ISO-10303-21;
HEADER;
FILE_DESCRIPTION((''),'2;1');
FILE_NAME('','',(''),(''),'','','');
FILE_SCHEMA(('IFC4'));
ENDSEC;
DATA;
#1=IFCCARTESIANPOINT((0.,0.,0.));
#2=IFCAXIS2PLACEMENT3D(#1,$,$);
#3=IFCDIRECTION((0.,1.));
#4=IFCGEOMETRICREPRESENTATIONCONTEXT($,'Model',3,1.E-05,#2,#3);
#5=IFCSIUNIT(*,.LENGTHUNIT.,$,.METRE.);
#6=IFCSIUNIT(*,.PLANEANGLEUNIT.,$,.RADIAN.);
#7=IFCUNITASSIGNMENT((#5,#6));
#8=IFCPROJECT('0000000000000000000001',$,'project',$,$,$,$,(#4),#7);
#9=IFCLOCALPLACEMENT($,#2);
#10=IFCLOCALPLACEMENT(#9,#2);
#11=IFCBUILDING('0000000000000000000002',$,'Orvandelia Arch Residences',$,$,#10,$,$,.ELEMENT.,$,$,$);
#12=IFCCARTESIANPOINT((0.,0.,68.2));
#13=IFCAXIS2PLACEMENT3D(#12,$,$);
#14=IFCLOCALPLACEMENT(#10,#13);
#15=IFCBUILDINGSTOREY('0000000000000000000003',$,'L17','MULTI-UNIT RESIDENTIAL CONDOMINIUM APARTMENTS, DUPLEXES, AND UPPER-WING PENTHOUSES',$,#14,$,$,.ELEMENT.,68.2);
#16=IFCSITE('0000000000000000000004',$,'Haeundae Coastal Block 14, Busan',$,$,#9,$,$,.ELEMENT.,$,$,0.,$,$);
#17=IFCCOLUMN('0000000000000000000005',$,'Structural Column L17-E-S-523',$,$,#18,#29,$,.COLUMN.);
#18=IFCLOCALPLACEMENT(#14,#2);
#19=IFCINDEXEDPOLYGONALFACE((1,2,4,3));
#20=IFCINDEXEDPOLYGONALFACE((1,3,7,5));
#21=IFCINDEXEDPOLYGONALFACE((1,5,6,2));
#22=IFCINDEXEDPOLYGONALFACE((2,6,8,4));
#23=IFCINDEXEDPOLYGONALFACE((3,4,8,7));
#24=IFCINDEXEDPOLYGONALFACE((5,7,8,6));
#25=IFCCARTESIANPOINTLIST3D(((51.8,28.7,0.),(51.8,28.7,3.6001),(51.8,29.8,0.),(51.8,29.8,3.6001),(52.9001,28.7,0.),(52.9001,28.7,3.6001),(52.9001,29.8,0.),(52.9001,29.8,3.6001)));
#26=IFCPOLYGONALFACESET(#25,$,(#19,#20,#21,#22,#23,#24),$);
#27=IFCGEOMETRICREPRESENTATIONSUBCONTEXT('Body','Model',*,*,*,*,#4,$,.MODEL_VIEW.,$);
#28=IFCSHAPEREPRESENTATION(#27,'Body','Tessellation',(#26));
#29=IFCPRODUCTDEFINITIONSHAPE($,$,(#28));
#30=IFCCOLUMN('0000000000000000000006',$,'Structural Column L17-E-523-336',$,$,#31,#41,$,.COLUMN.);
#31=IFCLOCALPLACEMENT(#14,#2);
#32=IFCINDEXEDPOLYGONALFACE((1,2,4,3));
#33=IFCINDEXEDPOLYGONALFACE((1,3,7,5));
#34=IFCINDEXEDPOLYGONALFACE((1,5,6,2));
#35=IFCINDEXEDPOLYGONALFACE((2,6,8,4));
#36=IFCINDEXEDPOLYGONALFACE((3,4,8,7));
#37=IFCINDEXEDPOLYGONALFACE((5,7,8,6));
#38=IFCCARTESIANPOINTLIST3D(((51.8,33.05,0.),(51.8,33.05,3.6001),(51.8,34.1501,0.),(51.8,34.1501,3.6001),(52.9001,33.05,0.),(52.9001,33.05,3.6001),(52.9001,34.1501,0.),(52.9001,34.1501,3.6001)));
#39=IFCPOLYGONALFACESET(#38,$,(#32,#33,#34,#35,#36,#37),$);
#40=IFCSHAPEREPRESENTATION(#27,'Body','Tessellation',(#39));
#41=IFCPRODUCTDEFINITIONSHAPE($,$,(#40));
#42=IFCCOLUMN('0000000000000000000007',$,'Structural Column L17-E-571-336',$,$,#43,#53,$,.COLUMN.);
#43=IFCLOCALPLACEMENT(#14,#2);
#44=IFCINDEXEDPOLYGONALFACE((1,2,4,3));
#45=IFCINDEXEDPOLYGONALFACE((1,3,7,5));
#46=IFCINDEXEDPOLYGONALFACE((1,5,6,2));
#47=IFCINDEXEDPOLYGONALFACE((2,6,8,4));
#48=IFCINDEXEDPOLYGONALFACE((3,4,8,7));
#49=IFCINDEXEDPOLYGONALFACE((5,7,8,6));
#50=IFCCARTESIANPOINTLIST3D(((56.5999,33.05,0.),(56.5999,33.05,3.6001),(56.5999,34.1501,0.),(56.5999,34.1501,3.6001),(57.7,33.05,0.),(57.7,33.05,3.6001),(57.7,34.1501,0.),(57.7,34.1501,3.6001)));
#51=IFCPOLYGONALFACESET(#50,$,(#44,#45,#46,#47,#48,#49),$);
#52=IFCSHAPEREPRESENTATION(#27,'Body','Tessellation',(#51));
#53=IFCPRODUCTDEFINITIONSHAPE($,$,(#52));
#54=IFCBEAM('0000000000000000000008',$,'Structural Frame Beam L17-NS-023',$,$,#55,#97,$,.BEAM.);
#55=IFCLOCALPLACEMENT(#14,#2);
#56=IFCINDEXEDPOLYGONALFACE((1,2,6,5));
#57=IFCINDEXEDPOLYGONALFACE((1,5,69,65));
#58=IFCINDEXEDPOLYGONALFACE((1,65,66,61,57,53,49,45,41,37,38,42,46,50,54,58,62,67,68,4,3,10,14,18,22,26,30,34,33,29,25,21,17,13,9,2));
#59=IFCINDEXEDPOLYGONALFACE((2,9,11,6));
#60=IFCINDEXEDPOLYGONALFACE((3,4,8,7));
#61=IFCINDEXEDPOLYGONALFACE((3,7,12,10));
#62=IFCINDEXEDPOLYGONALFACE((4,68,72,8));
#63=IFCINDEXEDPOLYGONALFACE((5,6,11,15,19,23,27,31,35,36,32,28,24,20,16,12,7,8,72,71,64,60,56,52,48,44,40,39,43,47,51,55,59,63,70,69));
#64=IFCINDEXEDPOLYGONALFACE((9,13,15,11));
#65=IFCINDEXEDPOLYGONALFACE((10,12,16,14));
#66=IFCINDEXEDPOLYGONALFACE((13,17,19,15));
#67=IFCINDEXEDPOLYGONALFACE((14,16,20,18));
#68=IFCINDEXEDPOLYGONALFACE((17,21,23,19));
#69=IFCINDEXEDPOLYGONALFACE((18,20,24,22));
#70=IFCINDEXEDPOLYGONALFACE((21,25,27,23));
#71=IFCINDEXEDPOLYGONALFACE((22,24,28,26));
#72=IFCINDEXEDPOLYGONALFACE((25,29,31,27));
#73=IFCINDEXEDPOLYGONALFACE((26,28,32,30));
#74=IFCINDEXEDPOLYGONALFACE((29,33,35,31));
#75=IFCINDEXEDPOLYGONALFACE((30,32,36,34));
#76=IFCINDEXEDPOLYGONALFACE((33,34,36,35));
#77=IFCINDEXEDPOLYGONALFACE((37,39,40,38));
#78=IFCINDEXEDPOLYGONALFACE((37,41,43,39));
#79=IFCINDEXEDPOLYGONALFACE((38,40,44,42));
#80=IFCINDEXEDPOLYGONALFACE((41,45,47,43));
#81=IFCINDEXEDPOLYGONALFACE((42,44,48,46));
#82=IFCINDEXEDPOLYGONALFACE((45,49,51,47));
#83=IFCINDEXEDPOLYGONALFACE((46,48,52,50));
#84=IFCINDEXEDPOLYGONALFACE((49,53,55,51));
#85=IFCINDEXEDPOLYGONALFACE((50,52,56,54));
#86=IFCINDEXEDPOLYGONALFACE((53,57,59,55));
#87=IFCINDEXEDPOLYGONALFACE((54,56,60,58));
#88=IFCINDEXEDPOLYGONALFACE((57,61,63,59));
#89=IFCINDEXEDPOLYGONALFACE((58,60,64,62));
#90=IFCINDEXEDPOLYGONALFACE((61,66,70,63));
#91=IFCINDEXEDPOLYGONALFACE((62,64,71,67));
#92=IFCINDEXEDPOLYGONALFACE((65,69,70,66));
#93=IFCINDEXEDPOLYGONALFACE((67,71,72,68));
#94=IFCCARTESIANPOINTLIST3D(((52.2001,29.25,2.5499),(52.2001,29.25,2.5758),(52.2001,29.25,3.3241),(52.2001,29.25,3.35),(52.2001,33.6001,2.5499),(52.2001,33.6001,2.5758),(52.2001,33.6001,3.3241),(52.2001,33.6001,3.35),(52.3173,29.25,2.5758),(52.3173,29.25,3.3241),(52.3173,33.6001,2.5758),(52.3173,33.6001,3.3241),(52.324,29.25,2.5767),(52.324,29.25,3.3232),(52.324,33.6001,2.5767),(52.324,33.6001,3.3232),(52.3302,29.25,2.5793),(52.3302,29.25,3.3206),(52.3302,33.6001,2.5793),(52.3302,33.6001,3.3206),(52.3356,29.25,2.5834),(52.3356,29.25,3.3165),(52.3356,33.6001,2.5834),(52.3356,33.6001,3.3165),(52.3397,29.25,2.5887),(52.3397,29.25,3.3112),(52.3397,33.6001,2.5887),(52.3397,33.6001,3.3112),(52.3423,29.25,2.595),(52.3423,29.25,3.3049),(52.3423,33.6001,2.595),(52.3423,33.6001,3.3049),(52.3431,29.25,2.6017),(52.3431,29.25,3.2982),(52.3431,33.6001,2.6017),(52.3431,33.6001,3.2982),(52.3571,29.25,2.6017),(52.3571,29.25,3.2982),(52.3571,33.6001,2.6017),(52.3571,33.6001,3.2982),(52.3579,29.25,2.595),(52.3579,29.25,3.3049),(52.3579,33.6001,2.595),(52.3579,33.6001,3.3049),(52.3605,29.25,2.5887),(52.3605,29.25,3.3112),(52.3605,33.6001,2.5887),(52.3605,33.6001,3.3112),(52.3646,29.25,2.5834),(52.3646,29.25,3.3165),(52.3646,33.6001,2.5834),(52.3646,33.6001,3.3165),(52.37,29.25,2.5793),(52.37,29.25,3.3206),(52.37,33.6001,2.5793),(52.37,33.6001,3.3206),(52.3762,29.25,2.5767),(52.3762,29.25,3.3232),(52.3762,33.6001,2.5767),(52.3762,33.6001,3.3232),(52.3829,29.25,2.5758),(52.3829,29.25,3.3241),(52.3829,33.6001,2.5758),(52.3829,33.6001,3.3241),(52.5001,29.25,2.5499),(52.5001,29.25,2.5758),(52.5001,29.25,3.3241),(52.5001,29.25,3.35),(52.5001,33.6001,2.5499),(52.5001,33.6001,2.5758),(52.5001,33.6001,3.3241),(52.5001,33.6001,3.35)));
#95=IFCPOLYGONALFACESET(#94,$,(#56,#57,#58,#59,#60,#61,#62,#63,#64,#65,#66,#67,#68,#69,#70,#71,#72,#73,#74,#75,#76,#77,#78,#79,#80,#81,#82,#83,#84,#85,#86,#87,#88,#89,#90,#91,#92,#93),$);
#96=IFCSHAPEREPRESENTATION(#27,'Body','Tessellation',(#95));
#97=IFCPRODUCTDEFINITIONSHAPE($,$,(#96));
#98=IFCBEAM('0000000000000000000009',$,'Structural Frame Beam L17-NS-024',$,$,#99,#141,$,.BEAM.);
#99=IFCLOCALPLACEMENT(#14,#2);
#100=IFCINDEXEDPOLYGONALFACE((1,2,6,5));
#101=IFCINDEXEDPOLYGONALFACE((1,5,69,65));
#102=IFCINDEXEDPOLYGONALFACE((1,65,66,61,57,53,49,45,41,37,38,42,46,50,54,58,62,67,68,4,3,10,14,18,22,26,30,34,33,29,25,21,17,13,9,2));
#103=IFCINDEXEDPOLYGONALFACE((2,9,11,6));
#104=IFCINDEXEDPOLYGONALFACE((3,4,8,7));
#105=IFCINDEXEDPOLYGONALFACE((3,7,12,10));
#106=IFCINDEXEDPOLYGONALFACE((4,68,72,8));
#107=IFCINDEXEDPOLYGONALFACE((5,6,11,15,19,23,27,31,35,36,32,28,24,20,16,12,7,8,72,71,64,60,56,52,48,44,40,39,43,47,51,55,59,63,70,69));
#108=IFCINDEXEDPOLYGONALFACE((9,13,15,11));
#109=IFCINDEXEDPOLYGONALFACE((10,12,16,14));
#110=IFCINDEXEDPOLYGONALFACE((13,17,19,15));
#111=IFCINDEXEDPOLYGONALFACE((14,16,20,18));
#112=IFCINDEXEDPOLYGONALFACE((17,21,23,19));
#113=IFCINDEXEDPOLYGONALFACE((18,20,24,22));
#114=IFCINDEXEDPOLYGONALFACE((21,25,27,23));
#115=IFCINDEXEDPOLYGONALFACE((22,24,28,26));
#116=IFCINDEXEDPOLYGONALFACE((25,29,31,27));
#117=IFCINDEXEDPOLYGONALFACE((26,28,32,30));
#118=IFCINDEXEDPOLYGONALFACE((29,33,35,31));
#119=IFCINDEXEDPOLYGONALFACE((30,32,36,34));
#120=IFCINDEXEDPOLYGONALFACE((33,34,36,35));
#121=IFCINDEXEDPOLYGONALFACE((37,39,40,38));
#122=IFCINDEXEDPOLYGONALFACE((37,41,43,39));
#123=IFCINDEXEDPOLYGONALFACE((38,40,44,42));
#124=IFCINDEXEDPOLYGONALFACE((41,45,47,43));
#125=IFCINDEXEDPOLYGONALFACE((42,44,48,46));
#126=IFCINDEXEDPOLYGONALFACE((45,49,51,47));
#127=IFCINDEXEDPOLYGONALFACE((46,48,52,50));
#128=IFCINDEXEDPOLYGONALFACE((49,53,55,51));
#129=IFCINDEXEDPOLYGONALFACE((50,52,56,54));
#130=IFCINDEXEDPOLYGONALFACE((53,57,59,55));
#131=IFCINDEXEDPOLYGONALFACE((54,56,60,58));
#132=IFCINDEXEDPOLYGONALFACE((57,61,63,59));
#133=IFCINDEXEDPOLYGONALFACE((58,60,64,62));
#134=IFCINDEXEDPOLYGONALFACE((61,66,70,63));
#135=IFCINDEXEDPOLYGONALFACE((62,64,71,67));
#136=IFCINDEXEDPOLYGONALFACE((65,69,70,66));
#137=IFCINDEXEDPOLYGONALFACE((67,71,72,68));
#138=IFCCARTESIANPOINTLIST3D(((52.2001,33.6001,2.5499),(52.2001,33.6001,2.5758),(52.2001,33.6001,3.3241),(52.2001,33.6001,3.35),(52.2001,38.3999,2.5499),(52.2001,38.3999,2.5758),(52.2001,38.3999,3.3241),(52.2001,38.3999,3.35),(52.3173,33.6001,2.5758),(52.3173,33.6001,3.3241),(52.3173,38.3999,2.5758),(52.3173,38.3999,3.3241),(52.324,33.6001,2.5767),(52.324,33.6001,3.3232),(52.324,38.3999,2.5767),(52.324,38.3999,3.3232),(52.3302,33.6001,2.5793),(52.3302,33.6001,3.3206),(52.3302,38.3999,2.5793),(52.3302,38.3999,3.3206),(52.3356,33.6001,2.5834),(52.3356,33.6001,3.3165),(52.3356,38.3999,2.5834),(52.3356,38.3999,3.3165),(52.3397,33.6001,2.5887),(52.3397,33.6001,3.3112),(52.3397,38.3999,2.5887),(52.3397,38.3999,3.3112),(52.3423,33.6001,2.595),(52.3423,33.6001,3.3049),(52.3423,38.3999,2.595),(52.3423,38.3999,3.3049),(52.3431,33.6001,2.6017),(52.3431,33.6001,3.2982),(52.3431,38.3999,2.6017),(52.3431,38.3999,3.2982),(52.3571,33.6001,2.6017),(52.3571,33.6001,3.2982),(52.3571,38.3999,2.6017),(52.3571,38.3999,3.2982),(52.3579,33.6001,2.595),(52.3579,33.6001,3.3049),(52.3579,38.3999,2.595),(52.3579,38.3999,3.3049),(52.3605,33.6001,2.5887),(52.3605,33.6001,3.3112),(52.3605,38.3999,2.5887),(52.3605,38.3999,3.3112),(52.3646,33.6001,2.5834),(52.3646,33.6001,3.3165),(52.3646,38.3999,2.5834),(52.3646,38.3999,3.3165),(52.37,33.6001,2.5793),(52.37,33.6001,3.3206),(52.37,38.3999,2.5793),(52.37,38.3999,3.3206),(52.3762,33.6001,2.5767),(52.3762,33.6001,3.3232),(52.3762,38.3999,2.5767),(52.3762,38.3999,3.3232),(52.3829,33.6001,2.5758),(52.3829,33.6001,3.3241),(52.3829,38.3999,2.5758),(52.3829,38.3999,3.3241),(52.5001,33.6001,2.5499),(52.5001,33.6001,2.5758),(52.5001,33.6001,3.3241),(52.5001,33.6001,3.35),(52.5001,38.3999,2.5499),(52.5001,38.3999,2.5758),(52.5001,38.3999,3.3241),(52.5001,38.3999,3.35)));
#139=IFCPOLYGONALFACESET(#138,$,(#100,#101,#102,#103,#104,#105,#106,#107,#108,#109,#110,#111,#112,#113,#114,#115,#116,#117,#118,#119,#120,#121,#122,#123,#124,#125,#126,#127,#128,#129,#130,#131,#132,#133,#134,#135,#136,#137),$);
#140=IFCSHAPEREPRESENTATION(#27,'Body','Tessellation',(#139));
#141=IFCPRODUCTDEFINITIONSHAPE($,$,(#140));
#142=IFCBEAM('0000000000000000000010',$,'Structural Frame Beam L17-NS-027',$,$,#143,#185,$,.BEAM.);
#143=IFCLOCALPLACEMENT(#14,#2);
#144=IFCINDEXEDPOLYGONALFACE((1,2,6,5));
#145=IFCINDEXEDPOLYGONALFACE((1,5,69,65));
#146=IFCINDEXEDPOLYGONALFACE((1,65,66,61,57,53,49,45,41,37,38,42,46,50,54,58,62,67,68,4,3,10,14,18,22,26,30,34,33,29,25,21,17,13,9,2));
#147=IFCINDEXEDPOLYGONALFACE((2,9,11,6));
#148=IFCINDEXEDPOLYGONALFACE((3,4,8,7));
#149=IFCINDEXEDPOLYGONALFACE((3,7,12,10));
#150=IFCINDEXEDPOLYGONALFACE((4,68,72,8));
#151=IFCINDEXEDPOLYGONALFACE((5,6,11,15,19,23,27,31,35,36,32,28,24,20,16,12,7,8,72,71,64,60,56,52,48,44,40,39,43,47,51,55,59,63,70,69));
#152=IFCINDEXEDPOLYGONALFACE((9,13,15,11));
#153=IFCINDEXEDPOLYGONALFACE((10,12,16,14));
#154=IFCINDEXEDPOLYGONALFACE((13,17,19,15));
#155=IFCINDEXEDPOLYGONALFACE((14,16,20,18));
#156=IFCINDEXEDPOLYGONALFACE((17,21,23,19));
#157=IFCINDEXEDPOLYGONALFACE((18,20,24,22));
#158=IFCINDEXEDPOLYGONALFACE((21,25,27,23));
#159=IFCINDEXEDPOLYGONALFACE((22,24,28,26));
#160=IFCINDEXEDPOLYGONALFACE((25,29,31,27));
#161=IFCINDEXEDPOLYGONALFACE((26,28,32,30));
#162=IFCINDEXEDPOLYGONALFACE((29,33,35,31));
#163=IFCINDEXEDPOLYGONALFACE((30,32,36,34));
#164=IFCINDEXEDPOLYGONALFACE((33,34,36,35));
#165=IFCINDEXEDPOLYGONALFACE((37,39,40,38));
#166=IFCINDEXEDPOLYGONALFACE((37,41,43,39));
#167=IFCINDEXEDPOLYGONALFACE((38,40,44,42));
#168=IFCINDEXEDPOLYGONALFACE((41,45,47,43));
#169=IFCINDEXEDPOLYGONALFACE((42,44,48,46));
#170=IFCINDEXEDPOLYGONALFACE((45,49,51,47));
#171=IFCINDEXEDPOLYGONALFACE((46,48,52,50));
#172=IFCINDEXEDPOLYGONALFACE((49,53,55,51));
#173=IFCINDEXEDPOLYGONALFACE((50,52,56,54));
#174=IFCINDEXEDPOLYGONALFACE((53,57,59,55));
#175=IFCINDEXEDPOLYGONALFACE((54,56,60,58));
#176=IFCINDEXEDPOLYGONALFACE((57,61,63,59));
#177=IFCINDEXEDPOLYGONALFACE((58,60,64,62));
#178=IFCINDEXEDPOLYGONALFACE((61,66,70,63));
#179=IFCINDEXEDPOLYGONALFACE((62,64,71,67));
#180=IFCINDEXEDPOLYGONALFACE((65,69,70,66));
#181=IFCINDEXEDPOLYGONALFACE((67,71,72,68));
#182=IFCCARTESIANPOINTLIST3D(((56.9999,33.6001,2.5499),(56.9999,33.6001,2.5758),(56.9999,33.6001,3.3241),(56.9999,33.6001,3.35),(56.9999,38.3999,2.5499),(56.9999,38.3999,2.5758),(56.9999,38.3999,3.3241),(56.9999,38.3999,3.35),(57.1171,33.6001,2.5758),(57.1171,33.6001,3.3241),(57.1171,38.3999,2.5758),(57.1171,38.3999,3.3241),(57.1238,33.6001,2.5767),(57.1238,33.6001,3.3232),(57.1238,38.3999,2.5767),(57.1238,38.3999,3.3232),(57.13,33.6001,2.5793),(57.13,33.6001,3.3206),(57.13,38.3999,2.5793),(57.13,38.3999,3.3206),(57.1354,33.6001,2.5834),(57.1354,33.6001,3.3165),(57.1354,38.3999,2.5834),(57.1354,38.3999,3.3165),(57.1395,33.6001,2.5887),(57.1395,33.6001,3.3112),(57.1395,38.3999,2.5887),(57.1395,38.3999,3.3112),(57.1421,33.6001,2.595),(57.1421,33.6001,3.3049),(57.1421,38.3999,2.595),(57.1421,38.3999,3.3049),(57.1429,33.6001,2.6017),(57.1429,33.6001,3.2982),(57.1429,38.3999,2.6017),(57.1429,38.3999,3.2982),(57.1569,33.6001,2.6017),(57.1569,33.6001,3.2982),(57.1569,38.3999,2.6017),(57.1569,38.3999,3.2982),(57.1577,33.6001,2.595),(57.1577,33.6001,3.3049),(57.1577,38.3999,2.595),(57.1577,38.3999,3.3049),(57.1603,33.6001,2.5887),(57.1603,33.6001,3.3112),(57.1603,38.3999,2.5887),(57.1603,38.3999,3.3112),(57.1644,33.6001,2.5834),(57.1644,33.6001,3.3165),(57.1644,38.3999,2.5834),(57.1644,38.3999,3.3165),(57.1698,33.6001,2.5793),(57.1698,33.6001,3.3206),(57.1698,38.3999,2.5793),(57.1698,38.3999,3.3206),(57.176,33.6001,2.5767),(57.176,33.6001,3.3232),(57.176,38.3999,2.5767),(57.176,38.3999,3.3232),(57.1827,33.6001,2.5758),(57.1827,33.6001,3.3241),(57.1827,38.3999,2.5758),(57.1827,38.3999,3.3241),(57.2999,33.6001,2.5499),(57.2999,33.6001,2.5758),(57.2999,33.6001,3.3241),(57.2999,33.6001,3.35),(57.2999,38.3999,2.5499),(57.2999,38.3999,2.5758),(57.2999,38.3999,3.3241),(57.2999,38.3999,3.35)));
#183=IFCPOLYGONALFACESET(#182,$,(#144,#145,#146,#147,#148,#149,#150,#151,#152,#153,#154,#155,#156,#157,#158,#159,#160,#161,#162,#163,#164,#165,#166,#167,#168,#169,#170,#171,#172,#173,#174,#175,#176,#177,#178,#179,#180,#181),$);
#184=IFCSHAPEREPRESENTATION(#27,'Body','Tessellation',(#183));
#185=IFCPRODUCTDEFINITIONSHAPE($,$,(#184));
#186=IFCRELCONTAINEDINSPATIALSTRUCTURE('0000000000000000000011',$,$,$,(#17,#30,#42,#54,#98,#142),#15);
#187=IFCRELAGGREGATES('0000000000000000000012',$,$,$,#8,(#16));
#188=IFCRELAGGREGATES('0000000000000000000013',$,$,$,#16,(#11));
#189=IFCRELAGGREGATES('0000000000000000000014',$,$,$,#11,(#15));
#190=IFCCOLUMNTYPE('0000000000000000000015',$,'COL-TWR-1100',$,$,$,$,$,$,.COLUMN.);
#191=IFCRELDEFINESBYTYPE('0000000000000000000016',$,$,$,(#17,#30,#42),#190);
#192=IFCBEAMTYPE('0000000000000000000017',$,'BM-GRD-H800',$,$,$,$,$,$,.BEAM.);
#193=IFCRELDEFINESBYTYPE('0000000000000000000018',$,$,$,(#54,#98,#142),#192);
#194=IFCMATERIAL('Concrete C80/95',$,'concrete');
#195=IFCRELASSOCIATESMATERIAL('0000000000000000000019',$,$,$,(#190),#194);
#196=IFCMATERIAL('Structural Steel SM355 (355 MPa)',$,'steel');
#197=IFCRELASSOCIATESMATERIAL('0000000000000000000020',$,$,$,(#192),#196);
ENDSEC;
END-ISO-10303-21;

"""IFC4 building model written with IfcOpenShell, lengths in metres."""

from ifc_helpers import new_model, si_unit, direction, frame, origin, origin_2d, place, context, subcontext, project, spatial, rectangle, i_section, extrude, material, material_profile, profile_set, type_object, element, save


model = new_model("IFC4")

# Units and contexts
model_context = context("Model", 3, precision=1e-05, world=origin(), true_north=direction((0.0, 1.0)))
body_context = subcontext(model_context, "Body", "Model", "MODEL_VIEW")
ifc_project = project(units=[si_unit("LENGTHUNIT", "METRE"), si_unit("PLANEANGLEUNIT", "RADIAN")], contexts=[model_context])

# Site, building, storey
site_placement = place(None, origin())
site = spatial("IfcSite", under=ifc_project, at=site_placement, Name="Haeundae Coastal Block 14, Busan", CompositionType="ELEMENT", RefElevation=0.0)
building_placement = place(site_placement, origin())
building = spatial("IfcBuilding", under=site, at=building_placement, Name="Orvandelia Arch Residences", CompositionType="ELEMENT")
storey_placement = place(building_placement, frame((0.0, 0.0, 68.2)))
storey = spatial("IfcBuildingStorey", under=building, at=storey_placement, Name="L17", Description="MULTI-UNIT RESIDENTIAL CONDOMINIUM APARTMENTS, DUPLEXES, AND UPPER-WING PENTHOUSES", CompositionType="ELEMENT", Elevation=68.2)

# Columns
ifc_material_1 = material(Name="Concrete C80/95", Category="concrete")
ifc_material_profile_1 = material_profile(ifc_material_1, rectangle(XDim=1.1001, YDim=1.1001, at=origin_2d()), Name="Concrete C80/95", Category="concrete")
ifc_profile_set_1 = profile_set([ifc_material_profile_1], Name="Concrete C80/95")
column_type = type_object("IfcColumnType", Name="COL-TWR-1100", PredefinedType="COLUMN", material=ifc_profile_set_1)
for number, where, z_axis, x_axis, name in (
    (1, (52.3501, 29.25, 0.0), (0.0, 0.0, 1.0), (1.0, 0.0, 0.0), "Structural Column L17-E-S-523"),
    (2, (52.3501, 33.6001, 0.0), (0.0, 0.0, 1.0), (1.0, 0.0, 0.0), "Structural Column L17-E-523-336"),
    (3, (57.1499, 33.6001, 0.0), (0.0, 0.0, 1.0), (1.0, 0.0, 0.0), "Structural Column L17-E-571-336"),
):
    element("IfcColumn", number, at=place(storey_placement, frame(where, z_axis=z_axis, x_axis=x_axis)), inside=storey, type_object=column_type, Name=name, PredefinedType="COLUMN", context=body_context, shape_type="SweptSolid", body=[
        extrude(rectangle(XDim=1.1001, YDim=1.1001, at=origin_2d()), origin(), (0.0, 0.0, 1.0), 3.6001),
    ])

# Beams
ifc_material_2 = material(Name="Structural Steel SM355 (355 MPa)", Category="steel")
ifc_material_profile_2 = material_profile(ifc_material_2, i_section(OverallWidth=0.3, OverallDepth=0.8, WebThickness=0.0139, FlangeThickness=0.0259, FilletRadius=0.0259, at=origin_2d()), Name="Structural Steel SM355 (355 MPa)", Category="steel")
ifc_profile_set_2 = profile_set([ifc_material_profile_2], Name="Structural Steel SM355 (355 MPa)")
beam_type = type_object("IfcBeamType", Name="BM-GRD-H800", PredefinedType="BEAM", material=ifc_profile_set_2)
beam_1_placement = place(storey_placement, frame((52.3501, 29.25, 2.95), z_axis=(0.0, 1.0, 0.0), x_axis=(-1.0, 0.0, 0.0)))
element("IfcBeam", 4, at=beam_1_placement, inside=storey, type_object=beam_type, Name="Structural Frame Beam L17-NS-023", PredefinedType="BEAM", context=body_context, shape_type="SweptSolid", body=[
    extrude(i_section(OverallWidth=0.3, OverallDepth=0.8, WebThickness=0.0139, FlangeThickness=0.0259, FilletRadius=0.0259, at=origin_2d()), origin(), (0.0, 0.0, 1.0), 4.3501),
])
for number, where, z_axis, x_axis, name in (
    (5, (52.3501, 33.6001, 2.95), (0.0, 1.0, 0.0), (-1.0, 0.0, 0.0), "Structural Frame Beam L17-NS-024"),
    (6, (57.1499, 33.6001, 2.95), (0.0, 1.0, 0.0), (-1.0, 0.0, 0.0), "Structural Frame Beam L17-NS-027"),
):
    element("IfcBeam", number, at=place(storey_placement, frame(where, z_axis=z_axis, x_axis=x_axis)), inside=storey, type_object=beam_type, Name=name, PredefinedType="BEAM", context=body_context, shape_type="SweptSolid", body=[
        extrude(i_section(OverallWidth=0.3, OverallDepth=0.8, WebThickness=0.0139, FlangeThickness=0.0259, FilletRadius=0.0259, at=origin_2d()), origin(), (0.0, 0.0, 1.0), 4.7998),
    ])

save(model, "model.ifc")
